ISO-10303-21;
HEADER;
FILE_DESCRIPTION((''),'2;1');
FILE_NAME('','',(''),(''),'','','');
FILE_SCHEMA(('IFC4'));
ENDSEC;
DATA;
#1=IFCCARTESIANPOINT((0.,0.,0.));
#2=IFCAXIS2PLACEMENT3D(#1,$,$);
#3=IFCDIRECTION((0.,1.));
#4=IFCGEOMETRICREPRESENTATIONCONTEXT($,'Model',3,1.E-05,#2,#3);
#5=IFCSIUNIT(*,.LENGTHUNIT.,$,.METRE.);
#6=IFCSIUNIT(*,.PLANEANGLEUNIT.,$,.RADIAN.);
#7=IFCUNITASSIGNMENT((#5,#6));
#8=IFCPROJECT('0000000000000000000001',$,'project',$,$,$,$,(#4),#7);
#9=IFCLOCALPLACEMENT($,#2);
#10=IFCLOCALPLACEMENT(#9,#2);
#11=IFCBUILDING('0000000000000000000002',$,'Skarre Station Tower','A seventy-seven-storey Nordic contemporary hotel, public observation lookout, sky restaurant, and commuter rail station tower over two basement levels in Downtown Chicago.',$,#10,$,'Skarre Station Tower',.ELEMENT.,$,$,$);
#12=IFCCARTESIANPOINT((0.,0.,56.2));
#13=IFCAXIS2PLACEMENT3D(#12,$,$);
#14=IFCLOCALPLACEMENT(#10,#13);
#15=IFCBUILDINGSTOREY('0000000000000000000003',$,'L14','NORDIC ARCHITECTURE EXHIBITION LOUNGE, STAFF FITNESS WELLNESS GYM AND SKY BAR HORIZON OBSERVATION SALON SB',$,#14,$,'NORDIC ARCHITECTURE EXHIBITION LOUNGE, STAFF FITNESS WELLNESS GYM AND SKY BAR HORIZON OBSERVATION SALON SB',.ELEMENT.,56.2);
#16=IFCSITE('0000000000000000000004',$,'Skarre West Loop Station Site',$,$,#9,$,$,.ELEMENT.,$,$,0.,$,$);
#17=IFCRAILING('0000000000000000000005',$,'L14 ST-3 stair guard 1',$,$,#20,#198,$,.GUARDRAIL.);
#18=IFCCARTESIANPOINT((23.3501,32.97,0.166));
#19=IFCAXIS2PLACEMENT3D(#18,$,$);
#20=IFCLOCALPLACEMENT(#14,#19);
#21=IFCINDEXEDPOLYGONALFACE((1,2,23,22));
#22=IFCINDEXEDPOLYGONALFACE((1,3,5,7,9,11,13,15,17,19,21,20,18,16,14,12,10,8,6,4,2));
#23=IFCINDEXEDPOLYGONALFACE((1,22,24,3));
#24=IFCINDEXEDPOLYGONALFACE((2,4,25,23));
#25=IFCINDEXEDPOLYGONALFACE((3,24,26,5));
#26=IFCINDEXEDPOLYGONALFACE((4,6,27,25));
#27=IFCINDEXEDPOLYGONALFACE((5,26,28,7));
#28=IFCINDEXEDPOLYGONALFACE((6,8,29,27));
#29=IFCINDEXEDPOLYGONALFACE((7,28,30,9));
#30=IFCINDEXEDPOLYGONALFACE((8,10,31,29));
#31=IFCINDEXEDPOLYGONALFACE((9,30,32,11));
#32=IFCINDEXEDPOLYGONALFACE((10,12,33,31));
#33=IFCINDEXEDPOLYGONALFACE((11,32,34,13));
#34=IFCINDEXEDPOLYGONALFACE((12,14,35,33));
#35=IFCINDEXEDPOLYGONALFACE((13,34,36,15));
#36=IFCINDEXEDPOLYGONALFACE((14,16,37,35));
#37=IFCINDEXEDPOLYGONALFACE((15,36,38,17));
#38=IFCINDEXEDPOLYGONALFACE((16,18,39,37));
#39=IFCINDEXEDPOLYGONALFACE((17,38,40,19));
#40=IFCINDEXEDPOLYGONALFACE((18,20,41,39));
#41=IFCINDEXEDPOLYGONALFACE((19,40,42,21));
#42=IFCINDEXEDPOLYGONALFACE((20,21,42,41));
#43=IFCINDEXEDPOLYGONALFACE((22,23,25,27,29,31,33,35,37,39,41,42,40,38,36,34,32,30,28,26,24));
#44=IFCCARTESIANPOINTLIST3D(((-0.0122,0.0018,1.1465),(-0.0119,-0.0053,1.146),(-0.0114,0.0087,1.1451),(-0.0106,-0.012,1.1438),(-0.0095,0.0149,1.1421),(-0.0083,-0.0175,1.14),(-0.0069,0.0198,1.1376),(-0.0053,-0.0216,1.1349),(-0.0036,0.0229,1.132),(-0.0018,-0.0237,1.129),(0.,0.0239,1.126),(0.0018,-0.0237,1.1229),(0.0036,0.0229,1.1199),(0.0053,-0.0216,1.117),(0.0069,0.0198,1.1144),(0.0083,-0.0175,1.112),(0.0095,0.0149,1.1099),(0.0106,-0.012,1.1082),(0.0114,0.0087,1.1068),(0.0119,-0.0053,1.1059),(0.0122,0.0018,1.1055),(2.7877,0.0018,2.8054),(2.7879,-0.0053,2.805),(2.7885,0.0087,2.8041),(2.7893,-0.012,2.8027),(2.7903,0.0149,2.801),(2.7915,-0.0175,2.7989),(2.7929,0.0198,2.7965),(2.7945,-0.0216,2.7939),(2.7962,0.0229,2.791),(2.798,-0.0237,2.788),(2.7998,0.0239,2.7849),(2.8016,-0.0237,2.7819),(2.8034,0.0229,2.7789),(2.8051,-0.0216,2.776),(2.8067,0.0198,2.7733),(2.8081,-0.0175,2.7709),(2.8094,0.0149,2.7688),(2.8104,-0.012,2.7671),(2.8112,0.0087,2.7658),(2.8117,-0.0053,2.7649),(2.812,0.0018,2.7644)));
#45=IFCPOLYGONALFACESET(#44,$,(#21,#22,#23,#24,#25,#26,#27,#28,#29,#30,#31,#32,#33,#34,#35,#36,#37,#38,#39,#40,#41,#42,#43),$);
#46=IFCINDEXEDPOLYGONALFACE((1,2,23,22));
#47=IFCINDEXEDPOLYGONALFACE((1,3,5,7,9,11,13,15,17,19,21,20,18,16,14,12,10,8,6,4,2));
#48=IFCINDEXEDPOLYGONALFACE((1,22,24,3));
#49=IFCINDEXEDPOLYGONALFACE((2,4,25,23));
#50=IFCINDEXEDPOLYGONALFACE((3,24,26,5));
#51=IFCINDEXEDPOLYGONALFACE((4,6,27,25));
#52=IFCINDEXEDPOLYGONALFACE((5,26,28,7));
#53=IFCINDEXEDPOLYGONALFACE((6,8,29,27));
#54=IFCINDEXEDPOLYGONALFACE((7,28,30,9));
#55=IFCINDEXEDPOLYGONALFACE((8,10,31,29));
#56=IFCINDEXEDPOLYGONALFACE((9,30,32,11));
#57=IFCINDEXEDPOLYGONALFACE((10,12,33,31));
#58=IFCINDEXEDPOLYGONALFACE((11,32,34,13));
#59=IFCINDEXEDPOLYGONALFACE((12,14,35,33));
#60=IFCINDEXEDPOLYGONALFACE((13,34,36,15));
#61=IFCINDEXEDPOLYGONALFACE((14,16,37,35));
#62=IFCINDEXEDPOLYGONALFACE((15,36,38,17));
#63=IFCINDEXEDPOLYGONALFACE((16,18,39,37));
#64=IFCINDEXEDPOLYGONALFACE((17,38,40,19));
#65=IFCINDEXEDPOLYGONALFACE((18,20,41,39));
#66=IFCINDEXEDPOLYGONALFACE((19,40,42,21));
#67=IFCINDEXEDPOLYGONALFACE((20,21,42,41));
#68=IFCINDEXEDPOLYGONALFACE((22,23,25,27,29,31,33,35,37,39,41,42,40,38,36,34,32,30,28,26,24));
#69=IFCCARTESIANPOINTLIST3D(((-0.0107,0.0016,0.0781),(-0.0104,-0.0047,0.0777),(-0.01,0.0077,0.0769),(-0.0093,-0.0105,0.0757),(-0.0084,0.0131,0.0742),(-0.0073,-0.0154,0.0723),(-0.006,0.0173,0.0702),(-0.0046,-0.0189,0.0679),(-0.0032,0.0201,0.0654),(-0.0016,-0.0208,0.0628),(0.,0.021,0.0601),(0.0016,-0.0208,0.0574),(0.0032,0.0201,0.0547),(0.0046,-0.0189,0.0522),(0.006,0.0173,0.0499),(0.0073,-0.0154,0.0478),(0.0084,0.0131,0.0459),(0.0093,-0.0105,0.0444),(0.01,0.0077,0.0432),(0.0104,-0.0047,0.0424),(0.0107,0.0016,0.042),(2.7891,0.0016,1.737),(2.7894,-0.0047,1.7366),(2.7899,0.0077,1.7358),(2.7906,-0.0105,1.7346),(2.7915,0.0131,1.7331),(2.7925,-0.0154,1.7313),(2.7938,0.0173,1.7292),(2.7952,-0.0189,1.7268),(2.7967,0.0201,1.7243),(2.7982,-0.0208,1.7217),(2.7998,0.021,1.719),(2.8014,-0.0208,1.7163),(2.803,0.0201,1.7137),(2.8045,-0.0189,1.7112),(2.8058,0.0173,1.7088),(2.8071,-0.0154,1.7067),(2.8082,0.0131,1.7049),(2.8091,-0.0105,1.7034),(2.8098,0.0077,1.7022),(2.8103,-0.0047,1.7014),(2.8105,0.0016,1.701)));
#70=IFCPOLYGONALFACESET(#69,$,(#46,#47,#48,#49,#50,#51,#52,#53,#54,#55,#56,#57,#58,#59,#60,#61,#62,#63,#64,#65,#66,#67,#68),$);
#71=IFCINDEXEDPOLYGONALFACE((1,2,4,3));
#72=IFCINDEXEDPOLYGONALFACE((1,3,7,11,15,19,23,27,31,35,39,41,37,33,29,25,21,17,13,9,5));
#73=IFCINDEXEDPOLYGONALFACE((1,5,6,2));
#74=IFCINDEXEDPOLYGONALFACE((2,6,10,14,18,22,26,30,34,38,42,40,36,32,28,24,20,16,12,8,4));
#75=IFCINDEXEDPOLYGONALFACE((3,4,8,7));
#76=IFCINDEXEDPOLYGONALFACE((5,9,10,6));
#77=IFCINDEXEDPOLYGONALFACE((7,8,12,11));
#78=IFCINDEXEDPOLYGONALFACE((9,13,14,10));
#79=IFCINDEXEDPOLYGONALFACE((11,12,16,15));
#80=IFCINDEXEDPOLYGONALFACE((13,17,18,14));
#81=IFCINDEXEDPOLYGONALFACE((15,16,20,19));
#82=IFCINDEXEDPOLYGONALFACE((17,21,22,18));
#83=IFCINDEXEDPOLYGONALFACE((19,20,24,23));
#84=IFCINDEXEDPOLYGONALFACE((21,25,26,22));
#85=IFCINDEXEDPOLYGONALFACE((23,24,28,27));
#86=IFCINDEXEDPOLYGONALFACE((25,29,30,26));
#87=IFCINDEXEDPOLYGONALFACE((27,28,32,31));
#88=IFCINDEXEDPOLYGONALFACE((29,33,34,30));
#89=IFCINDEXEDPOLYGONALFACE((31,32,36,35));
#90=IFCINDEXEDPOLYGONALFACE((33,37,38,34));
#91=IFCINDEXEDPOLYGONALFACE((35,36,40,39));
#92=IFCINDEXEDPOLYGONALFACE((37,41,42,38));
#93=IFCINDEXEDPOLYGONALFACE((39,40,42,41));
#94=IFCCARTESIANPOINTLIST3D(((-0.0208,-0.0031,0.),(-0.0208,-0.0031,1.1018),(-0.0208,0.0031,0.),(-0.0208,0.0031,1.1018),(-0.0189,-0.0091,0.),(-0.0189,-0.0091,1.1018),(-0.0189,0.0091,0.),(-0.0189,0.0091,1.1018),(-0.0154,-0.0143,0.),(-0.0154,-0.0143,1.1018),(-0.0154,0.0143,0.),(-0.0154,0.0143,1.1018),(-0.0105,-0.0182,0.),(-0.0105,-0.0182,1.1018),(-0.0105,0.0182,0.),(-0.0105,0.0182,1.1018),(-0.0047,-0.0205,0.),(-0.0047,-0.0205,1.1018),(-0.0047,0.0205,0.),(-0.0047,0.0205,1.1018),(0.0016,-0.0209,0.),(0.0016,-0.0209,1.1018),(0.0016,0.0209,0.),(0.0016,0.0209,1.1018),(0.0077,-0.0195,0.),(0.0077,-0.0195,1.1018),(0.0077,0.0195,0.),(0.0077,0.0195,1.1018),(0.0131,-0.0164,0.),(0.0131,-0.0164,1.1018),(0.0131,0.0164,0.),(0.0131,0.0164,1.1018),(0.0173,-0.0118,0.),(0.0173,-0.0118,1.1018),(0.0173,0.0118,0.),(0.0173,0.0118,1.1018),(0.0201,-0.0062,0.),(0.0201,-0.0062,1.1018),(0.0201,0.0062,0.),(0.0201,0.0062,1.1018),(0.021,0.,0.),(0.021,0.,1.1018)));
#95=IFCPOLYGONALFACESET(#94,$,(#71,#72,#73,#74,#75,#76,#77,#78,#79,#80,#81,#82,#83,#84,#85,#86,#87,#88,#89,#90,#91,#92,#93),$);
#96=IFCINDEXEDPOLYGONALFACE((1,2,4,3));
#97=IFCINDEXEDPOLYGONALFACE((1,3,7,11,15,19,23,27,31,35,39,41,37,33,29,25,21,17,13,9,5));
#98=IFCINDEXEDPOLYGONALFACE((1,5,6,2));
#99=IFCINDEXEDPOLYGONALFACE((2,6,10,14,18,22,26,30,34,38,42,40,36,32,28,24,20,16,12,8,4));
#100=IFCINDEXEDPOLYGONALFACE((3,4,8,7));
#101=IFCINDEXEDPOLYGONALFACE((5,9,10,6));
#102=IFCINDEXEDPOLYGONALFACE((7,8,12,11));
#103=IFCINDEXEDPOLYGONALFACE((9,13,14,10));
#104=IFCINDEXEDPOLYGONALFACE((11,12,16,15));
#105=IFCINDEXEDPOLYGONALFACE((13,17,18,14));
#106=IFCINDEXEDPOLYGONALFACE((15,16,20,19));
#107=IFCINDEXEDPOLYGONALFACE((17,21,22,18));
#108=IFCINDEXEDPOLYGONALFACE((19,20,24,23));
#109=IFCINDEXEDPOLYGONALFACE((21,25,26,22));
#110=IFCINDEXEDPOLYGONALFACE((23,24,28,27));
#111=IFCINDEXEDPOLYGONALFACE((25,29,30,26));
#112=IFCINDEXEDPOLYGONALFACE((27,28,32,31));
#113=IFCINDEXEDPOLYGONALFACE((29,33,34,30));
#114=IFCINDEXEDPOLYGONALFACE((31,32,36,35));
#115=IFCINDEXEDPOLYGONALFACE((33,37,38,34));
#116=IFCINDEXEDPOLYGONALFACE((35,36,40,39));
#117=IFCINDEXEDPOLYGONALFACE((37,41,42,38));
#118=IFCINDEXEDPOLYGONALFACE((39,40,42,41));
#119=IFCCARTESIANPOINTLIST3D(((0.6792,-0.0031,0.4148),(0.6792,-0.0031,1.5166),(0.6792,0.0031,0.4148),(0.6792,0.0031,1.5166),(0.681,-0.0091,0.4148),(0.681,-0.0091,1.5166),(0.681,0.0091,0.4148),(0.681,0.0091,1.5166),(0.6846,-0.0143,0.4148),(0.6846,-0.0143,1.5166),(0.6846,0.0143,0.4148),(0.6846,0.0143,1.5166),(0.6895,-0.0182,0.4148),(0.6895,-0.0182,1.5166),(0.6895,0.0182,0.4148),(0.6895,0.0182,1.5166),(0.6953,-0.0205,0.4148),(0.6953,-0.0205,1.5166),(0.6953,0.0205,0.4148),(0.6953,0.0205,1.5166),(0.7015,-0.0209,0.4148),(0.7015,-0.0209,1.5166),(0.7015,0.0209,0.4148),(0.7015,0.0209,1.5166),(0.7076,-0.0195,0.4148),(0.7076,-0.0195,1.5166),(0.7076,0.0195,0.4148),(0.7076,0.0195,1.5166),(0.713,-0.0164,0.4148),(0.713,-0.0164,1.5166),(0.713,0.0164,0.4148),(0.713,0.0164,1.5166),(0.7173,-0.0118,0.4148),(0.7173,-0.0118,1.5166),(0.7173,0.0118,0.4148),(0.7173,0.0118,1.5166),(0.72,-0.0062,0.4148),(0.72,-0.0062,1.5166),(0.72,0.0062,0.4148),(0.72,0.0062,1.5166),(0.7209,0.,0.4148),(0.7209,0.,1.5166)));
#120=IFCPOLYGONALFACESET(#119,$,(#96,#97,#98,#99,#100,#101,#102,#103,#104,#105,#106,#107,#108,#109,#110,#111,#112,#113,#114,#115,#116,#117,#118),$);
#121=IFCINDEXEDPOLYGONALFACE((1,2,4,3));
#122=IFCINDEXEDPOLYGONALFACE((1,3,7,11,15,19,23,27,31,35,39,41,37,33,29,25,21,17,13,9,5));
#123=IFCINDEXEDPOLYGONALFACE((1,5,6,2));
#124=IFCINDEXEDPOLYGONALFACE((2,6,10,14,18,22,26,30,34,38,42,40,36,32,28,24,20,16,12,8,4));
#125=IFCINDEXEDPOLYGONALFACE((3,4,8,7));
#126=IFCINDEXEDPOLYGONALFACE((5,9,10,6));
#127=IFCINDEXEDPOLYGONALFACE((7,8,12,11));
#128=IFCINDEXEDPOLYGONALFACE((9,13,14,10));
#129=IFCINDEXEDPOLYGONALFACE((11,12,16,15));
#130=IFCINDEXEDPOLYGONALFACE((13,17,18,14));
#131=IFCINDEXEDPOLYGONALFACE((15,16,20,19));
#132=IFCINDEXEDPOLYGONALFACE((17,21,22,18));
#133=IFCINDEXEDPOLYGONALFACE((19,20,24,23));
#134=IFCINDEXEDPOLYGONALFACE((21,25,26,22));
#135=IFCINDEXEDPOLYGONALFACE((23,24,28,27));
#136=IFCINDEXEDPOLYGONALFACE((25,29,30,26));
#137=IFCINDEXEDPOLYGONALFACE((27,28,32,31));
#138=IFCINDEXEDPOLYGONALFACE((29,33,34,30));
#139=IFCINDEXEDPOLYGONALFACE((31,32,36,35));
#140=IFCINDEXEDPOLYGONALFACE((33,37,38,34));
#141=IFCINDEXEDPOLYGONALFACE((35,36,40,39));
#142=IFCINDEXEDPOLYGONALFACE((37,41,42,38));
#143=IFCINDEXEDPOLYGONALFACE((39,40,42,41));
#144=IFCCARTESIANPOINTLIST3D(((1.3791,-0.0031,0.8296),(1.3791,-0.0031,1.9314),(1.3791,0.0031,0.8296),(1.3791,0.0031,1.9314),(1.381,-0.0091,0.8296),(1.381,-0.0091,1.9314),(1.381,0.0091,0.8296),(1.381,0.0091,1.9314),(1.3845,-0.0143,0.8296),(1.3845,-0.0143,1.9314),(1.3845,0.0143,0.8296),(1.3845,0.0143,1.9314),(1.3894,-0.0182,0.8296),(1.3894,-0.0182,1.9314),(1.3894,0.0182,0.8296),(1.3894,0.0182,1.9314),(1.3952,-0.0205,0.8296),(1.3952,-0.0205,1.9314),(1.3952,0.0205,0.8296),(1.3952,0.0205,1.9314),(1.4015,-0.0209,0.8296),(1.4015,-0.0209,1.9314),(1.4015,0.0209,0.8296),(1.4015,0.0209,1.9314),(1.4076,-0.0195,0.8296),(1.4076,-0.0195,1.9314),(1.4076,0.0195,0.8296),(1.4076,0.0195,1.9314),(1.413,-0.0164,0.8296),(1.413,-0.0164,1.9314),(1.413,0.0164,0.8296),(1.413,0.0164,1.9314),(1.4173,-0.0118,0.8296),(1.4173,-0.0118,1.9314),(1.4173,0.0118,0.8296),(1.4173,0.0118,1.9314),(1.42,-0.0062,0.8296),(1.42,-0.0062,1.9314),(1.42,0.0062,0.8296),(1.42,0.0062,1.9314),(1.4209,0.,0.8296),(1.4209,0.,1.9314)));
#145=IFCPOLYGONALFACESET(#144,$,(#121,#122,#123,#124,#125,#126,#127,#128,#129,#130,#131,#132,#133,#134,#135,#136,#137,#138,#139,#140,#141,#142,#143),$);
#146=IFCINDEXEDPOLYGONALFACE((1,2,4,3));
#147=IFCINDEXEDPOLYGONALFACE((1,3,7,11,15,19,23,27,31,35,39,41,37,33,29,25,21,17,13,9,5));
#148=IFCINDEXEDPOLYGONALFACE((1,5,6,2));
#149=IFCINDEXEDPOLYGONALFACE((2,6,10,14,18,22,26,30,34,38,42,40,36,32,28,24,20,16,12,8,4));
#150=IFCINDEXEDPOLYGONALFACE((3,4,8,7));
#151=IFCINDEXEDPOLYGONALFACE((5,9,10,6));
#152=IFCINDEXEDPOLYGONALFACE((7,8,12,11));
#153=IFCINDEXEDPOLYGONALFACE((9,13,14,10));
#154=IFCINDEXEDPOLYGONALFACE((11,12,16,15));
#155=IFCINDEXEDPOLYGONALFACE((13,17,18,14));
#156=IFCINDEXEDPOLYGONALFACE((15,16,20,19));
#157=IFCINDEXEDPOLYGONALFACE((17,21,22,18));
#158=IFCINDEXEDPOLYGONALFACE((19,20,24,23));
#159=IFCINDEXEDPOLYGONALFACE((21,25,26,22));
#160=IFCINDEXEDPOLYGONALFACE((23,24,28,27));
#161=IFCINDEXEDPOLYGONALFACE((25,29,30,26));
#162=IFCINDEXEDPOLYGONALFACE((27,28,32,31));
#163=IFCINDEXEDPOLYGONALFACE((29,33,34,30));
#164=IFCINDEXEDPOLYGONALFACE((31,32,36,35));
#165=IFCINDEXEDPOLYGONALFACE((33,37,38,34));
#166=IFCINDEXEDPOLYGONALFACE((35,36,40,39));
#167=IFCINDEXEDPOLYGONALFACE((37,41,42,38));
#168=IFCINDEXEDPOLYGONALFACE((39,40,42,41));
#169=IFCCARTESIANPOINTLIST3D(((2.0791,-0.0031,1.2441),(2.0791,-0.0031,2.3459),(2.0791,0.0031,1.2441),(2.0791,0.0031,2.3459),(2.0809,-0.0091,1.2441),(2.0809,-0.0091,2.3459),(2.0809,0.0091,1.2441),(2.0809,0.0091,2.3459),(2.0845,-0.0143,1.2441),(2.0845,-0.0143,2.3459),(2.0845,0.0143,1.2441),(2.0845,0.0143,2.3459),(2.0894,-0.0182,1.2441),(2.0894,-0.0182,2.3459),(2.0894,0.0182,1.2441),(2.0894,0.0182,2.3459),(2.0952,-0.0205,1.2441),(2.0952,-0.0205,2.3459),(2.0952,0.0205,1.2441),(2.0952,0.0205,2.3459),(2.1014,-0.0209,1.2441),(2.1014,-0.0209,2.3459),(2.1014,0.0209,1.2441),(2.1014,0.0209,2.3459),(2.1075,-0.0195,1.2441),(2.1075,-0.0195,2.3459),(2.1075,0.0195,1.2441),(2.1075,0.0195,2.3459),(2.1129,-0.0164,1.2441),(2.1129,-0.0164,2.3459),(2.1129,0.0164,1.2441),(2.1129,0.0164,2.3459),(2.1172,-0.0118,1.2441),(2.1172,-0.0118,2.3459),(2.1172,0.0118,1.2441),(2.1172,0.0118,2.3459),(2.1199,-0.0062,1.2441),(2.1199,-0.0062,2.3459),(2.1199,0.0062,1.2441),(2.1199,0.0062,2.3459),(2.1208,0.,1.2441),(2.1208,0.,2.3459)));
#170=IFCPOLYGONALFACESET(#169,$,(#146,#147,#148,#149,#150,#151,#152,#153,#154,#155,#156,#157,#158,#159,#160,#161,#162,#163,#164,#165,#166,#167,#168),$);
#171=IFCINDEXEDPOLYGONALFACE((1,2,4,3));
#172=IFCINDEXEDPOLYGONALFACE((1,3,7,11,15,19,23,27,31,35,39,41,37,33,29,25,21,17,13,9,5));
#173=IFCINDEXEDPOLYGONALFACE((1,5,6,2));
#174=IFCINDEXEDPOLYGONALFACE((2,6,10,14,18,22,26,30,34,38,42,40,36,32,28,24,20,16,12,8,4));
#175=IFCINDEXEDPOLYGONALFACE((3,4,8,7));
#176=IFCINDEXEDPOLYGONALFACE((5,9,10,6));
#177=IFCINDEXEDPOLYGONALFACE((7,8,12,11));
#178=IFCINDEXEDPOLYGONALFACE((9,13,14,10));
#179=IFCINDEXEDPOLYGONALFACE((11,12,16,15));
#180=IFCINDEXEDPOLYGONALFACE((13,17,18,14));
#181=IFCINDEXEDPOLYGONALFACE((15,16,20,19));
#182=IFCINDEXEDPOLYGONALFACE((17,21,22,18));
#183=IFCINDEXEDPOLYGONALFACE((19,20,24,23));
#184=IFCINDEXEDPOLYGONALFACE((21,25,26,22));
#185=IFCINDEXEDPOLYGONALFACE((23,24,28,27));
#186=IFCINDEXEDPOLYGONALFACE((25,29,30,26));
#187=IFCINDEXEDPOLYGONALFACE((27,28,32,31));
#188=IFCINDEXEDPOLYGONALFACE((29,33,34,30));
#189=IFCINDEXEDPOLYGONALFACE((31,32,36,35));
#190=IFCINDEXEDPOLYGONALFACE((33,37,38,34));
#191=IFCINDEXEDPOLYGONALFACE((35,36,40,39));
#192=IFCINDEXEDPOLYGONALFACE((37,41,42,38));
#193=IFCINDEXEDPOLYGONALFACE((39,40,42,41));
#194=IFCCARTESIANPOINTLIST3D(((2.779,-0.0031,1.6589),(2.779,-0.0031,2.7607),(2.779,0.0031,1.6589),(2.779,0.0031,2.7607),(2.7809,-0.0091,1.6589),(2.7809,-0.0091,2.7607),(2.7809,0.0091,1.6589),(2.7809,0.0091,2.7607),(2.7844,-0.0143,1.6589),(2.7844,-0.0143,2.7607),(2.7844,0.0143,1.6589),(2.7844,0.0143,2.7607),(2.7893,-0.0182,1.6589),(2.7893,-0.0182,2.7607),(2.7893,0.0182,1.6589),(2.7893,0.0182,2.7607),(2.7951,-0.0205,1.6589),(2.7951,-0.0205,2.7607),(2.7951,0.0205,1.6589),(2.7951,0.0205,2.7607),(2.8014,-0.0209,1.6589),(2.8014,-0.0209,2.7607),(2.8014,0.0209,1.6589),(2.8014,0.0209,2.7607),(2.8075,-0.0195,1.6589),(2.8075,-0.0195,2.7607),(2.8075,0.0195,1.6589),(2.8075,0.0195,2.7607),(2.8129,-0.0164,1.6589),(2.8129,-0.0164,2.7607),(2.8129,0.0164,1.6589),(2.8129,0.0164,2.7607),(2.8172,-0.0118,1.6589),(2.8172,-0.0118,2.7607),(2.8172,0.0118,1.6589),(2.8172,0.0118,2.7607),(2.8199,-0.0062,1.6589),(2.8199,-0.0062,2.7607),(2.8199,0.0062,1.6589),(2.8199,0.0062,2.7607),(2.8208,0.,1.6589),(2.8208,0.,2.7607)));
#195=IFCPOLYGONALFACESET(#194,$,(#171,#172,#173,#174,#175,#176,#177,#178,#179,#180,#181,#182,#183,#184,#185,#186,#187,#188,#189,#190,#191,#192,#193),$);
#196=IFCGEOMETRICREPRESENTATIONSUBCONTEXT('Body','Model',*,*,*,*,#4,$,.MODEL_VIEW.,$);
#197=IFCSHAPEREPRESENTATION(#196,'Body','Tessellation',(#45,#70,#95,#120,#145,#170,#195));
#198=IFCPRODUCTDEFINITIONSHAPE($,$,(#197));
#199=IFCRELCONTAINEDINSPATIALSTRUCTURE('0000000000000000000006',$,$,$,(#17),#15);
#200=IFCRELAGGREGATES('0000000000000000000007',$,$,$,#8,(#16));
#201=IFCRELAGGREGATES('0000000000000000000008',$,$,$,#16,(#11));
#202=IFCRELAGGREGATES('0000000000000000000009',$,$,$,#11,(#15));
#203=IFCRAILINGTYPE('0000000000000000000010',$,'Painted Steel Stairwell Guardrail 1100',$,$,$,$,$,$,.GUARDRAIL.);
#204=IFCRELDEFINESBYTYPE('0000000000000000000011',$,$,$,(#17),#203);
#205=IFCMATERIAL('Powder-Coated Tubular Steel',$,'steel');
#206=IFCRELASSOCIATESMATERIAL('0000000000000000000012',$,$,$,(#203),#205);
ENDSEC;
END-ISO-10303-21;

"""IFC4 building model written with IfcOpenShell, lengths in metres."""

from ifc_helpers import new_model, si_unit, direction, frame, origin, origin_2d, place, context, subcontext, project, spatial, circle, extrude, material, type_object, element, save


model = new_model("IFC4")

# Units and contexts
model_context = context("Model", 3, precision=1e-05, world=origin(), true_north=direction((0.0, 1.0)))
body_context = subcontext(model_context, "Body", "Model", "MODEL_VIEW")
ifc_project = project(units=[si_unit("LENGTHUNIT", "METRE"), si_unit("PLANEANGLEUNIT", "RADIAN")], contexts=[model_context])

# Site, building, storey
site_placement = place(None, origin())
site = spatial("IfcSite", under=ifc_project, at=site_placement, Name="Skarre West Loop Station Site", CompositionType="ELEMENT", RefElevation=0.0)
building_placement = place(site_placement, origin())
building = spatial("IfcBuilding", under=site, at=building_placement, Name="Skarre Station Tower", Description="A seventy-seven-storey Nordic contemporary hotel, public observation lookout, sky restaurant, and commuter rail station tower over two basement levels in Downtown Chicago.", LongName="Skarre Station Tower", CompositionType="ELEMENT")
storey_placement = place(building_placement, frame((0.0, 0.0, 56.2)))
storey = spatial("IfcBuildingStorey", under=building, at=storey_placement, Name="L14", Description="NORDIC ARCHITECTURE EXHIBITION LOUNGE, STAFF FITNESS WELLNESS GYM AND SKY BAR HORIZON OBSERVATION SALON SB", LongName="NORDIC ARCHITECTURE EXHIBITION LOUNGE, STAFF FITNESS WELLNESS GYM AND SKY BAR HORIZON OBSERVATION SALON SB", CompositionType="ELEMENT", Elevation=56.2)

# Railing
ifc_material_1 = material(Name="Powder-Coated Tubular Steel", Category="steel")
railing_type_1 = type_object("IfcRailingType", Name="Painted Steel Stairwell Guardrail 1100", PredefinedType="GUARDRAIL", material=ifc_material_1)
railing_1_placement = place(storey_placement, frame((23.3501, 32.97, 0.166)))
element("IfcRailing", 1, at=railing_1_placement, inside=storey, type_object=railing_type_1, Name="L14 ST-3 stair guard 1", PredefinedType="GUARDRAIL", context=body_context, shape_type="SweptSolid", body=[
    extrude(circle(Radius=0.0239, at=origin_2d()), frame((0.0, 0.0, 1.126), z_axis=(0.86032, 0.0, 0.509755), x_axis=(0.0, 1.0, 0.0)), (0.0, 0.0, 1.0), 3.2544),
    extrude(circle(Radius=0.021, at=origin_2d()), frame((0.0, 0.0, 0.0601), z_axis=(0.86032, 0.0, 0.509755), x_axis=(0.0, 1.0, 0.0)), (0.0, 0.0, 1.0), 3.2544),
    extrude(circle(Radius=0.021, at=origin_2d()), origin(), (0.0, 0.0, 1.0), 1.1018),
    extrude(circle(Radius=0.021, at=origin_2d()), frame((0.7, 0.0, 0.4148)), (0.0, 0.0, 1.0), 1.1018),
    extrude(circle(Radius=0.021, at=origin_2d()), frame((1.3999, 0.0, 0.8296)), (0.0, 0.0, 1.0), 1.1018),
    extrude(circle(Radius=0.021, at=origin_2d()), frame((2.0999, 0.0, 1.2441)), (0.0, 0.0, 1.0), 1.1018),
    extrude(circle(Radius=0.021, at=origin_2d()), frame((2.7998, 0.0, 1.6589)), (0.0, 0.0, 1.0), 1.1018),
])

save(model, "model.ifc")
